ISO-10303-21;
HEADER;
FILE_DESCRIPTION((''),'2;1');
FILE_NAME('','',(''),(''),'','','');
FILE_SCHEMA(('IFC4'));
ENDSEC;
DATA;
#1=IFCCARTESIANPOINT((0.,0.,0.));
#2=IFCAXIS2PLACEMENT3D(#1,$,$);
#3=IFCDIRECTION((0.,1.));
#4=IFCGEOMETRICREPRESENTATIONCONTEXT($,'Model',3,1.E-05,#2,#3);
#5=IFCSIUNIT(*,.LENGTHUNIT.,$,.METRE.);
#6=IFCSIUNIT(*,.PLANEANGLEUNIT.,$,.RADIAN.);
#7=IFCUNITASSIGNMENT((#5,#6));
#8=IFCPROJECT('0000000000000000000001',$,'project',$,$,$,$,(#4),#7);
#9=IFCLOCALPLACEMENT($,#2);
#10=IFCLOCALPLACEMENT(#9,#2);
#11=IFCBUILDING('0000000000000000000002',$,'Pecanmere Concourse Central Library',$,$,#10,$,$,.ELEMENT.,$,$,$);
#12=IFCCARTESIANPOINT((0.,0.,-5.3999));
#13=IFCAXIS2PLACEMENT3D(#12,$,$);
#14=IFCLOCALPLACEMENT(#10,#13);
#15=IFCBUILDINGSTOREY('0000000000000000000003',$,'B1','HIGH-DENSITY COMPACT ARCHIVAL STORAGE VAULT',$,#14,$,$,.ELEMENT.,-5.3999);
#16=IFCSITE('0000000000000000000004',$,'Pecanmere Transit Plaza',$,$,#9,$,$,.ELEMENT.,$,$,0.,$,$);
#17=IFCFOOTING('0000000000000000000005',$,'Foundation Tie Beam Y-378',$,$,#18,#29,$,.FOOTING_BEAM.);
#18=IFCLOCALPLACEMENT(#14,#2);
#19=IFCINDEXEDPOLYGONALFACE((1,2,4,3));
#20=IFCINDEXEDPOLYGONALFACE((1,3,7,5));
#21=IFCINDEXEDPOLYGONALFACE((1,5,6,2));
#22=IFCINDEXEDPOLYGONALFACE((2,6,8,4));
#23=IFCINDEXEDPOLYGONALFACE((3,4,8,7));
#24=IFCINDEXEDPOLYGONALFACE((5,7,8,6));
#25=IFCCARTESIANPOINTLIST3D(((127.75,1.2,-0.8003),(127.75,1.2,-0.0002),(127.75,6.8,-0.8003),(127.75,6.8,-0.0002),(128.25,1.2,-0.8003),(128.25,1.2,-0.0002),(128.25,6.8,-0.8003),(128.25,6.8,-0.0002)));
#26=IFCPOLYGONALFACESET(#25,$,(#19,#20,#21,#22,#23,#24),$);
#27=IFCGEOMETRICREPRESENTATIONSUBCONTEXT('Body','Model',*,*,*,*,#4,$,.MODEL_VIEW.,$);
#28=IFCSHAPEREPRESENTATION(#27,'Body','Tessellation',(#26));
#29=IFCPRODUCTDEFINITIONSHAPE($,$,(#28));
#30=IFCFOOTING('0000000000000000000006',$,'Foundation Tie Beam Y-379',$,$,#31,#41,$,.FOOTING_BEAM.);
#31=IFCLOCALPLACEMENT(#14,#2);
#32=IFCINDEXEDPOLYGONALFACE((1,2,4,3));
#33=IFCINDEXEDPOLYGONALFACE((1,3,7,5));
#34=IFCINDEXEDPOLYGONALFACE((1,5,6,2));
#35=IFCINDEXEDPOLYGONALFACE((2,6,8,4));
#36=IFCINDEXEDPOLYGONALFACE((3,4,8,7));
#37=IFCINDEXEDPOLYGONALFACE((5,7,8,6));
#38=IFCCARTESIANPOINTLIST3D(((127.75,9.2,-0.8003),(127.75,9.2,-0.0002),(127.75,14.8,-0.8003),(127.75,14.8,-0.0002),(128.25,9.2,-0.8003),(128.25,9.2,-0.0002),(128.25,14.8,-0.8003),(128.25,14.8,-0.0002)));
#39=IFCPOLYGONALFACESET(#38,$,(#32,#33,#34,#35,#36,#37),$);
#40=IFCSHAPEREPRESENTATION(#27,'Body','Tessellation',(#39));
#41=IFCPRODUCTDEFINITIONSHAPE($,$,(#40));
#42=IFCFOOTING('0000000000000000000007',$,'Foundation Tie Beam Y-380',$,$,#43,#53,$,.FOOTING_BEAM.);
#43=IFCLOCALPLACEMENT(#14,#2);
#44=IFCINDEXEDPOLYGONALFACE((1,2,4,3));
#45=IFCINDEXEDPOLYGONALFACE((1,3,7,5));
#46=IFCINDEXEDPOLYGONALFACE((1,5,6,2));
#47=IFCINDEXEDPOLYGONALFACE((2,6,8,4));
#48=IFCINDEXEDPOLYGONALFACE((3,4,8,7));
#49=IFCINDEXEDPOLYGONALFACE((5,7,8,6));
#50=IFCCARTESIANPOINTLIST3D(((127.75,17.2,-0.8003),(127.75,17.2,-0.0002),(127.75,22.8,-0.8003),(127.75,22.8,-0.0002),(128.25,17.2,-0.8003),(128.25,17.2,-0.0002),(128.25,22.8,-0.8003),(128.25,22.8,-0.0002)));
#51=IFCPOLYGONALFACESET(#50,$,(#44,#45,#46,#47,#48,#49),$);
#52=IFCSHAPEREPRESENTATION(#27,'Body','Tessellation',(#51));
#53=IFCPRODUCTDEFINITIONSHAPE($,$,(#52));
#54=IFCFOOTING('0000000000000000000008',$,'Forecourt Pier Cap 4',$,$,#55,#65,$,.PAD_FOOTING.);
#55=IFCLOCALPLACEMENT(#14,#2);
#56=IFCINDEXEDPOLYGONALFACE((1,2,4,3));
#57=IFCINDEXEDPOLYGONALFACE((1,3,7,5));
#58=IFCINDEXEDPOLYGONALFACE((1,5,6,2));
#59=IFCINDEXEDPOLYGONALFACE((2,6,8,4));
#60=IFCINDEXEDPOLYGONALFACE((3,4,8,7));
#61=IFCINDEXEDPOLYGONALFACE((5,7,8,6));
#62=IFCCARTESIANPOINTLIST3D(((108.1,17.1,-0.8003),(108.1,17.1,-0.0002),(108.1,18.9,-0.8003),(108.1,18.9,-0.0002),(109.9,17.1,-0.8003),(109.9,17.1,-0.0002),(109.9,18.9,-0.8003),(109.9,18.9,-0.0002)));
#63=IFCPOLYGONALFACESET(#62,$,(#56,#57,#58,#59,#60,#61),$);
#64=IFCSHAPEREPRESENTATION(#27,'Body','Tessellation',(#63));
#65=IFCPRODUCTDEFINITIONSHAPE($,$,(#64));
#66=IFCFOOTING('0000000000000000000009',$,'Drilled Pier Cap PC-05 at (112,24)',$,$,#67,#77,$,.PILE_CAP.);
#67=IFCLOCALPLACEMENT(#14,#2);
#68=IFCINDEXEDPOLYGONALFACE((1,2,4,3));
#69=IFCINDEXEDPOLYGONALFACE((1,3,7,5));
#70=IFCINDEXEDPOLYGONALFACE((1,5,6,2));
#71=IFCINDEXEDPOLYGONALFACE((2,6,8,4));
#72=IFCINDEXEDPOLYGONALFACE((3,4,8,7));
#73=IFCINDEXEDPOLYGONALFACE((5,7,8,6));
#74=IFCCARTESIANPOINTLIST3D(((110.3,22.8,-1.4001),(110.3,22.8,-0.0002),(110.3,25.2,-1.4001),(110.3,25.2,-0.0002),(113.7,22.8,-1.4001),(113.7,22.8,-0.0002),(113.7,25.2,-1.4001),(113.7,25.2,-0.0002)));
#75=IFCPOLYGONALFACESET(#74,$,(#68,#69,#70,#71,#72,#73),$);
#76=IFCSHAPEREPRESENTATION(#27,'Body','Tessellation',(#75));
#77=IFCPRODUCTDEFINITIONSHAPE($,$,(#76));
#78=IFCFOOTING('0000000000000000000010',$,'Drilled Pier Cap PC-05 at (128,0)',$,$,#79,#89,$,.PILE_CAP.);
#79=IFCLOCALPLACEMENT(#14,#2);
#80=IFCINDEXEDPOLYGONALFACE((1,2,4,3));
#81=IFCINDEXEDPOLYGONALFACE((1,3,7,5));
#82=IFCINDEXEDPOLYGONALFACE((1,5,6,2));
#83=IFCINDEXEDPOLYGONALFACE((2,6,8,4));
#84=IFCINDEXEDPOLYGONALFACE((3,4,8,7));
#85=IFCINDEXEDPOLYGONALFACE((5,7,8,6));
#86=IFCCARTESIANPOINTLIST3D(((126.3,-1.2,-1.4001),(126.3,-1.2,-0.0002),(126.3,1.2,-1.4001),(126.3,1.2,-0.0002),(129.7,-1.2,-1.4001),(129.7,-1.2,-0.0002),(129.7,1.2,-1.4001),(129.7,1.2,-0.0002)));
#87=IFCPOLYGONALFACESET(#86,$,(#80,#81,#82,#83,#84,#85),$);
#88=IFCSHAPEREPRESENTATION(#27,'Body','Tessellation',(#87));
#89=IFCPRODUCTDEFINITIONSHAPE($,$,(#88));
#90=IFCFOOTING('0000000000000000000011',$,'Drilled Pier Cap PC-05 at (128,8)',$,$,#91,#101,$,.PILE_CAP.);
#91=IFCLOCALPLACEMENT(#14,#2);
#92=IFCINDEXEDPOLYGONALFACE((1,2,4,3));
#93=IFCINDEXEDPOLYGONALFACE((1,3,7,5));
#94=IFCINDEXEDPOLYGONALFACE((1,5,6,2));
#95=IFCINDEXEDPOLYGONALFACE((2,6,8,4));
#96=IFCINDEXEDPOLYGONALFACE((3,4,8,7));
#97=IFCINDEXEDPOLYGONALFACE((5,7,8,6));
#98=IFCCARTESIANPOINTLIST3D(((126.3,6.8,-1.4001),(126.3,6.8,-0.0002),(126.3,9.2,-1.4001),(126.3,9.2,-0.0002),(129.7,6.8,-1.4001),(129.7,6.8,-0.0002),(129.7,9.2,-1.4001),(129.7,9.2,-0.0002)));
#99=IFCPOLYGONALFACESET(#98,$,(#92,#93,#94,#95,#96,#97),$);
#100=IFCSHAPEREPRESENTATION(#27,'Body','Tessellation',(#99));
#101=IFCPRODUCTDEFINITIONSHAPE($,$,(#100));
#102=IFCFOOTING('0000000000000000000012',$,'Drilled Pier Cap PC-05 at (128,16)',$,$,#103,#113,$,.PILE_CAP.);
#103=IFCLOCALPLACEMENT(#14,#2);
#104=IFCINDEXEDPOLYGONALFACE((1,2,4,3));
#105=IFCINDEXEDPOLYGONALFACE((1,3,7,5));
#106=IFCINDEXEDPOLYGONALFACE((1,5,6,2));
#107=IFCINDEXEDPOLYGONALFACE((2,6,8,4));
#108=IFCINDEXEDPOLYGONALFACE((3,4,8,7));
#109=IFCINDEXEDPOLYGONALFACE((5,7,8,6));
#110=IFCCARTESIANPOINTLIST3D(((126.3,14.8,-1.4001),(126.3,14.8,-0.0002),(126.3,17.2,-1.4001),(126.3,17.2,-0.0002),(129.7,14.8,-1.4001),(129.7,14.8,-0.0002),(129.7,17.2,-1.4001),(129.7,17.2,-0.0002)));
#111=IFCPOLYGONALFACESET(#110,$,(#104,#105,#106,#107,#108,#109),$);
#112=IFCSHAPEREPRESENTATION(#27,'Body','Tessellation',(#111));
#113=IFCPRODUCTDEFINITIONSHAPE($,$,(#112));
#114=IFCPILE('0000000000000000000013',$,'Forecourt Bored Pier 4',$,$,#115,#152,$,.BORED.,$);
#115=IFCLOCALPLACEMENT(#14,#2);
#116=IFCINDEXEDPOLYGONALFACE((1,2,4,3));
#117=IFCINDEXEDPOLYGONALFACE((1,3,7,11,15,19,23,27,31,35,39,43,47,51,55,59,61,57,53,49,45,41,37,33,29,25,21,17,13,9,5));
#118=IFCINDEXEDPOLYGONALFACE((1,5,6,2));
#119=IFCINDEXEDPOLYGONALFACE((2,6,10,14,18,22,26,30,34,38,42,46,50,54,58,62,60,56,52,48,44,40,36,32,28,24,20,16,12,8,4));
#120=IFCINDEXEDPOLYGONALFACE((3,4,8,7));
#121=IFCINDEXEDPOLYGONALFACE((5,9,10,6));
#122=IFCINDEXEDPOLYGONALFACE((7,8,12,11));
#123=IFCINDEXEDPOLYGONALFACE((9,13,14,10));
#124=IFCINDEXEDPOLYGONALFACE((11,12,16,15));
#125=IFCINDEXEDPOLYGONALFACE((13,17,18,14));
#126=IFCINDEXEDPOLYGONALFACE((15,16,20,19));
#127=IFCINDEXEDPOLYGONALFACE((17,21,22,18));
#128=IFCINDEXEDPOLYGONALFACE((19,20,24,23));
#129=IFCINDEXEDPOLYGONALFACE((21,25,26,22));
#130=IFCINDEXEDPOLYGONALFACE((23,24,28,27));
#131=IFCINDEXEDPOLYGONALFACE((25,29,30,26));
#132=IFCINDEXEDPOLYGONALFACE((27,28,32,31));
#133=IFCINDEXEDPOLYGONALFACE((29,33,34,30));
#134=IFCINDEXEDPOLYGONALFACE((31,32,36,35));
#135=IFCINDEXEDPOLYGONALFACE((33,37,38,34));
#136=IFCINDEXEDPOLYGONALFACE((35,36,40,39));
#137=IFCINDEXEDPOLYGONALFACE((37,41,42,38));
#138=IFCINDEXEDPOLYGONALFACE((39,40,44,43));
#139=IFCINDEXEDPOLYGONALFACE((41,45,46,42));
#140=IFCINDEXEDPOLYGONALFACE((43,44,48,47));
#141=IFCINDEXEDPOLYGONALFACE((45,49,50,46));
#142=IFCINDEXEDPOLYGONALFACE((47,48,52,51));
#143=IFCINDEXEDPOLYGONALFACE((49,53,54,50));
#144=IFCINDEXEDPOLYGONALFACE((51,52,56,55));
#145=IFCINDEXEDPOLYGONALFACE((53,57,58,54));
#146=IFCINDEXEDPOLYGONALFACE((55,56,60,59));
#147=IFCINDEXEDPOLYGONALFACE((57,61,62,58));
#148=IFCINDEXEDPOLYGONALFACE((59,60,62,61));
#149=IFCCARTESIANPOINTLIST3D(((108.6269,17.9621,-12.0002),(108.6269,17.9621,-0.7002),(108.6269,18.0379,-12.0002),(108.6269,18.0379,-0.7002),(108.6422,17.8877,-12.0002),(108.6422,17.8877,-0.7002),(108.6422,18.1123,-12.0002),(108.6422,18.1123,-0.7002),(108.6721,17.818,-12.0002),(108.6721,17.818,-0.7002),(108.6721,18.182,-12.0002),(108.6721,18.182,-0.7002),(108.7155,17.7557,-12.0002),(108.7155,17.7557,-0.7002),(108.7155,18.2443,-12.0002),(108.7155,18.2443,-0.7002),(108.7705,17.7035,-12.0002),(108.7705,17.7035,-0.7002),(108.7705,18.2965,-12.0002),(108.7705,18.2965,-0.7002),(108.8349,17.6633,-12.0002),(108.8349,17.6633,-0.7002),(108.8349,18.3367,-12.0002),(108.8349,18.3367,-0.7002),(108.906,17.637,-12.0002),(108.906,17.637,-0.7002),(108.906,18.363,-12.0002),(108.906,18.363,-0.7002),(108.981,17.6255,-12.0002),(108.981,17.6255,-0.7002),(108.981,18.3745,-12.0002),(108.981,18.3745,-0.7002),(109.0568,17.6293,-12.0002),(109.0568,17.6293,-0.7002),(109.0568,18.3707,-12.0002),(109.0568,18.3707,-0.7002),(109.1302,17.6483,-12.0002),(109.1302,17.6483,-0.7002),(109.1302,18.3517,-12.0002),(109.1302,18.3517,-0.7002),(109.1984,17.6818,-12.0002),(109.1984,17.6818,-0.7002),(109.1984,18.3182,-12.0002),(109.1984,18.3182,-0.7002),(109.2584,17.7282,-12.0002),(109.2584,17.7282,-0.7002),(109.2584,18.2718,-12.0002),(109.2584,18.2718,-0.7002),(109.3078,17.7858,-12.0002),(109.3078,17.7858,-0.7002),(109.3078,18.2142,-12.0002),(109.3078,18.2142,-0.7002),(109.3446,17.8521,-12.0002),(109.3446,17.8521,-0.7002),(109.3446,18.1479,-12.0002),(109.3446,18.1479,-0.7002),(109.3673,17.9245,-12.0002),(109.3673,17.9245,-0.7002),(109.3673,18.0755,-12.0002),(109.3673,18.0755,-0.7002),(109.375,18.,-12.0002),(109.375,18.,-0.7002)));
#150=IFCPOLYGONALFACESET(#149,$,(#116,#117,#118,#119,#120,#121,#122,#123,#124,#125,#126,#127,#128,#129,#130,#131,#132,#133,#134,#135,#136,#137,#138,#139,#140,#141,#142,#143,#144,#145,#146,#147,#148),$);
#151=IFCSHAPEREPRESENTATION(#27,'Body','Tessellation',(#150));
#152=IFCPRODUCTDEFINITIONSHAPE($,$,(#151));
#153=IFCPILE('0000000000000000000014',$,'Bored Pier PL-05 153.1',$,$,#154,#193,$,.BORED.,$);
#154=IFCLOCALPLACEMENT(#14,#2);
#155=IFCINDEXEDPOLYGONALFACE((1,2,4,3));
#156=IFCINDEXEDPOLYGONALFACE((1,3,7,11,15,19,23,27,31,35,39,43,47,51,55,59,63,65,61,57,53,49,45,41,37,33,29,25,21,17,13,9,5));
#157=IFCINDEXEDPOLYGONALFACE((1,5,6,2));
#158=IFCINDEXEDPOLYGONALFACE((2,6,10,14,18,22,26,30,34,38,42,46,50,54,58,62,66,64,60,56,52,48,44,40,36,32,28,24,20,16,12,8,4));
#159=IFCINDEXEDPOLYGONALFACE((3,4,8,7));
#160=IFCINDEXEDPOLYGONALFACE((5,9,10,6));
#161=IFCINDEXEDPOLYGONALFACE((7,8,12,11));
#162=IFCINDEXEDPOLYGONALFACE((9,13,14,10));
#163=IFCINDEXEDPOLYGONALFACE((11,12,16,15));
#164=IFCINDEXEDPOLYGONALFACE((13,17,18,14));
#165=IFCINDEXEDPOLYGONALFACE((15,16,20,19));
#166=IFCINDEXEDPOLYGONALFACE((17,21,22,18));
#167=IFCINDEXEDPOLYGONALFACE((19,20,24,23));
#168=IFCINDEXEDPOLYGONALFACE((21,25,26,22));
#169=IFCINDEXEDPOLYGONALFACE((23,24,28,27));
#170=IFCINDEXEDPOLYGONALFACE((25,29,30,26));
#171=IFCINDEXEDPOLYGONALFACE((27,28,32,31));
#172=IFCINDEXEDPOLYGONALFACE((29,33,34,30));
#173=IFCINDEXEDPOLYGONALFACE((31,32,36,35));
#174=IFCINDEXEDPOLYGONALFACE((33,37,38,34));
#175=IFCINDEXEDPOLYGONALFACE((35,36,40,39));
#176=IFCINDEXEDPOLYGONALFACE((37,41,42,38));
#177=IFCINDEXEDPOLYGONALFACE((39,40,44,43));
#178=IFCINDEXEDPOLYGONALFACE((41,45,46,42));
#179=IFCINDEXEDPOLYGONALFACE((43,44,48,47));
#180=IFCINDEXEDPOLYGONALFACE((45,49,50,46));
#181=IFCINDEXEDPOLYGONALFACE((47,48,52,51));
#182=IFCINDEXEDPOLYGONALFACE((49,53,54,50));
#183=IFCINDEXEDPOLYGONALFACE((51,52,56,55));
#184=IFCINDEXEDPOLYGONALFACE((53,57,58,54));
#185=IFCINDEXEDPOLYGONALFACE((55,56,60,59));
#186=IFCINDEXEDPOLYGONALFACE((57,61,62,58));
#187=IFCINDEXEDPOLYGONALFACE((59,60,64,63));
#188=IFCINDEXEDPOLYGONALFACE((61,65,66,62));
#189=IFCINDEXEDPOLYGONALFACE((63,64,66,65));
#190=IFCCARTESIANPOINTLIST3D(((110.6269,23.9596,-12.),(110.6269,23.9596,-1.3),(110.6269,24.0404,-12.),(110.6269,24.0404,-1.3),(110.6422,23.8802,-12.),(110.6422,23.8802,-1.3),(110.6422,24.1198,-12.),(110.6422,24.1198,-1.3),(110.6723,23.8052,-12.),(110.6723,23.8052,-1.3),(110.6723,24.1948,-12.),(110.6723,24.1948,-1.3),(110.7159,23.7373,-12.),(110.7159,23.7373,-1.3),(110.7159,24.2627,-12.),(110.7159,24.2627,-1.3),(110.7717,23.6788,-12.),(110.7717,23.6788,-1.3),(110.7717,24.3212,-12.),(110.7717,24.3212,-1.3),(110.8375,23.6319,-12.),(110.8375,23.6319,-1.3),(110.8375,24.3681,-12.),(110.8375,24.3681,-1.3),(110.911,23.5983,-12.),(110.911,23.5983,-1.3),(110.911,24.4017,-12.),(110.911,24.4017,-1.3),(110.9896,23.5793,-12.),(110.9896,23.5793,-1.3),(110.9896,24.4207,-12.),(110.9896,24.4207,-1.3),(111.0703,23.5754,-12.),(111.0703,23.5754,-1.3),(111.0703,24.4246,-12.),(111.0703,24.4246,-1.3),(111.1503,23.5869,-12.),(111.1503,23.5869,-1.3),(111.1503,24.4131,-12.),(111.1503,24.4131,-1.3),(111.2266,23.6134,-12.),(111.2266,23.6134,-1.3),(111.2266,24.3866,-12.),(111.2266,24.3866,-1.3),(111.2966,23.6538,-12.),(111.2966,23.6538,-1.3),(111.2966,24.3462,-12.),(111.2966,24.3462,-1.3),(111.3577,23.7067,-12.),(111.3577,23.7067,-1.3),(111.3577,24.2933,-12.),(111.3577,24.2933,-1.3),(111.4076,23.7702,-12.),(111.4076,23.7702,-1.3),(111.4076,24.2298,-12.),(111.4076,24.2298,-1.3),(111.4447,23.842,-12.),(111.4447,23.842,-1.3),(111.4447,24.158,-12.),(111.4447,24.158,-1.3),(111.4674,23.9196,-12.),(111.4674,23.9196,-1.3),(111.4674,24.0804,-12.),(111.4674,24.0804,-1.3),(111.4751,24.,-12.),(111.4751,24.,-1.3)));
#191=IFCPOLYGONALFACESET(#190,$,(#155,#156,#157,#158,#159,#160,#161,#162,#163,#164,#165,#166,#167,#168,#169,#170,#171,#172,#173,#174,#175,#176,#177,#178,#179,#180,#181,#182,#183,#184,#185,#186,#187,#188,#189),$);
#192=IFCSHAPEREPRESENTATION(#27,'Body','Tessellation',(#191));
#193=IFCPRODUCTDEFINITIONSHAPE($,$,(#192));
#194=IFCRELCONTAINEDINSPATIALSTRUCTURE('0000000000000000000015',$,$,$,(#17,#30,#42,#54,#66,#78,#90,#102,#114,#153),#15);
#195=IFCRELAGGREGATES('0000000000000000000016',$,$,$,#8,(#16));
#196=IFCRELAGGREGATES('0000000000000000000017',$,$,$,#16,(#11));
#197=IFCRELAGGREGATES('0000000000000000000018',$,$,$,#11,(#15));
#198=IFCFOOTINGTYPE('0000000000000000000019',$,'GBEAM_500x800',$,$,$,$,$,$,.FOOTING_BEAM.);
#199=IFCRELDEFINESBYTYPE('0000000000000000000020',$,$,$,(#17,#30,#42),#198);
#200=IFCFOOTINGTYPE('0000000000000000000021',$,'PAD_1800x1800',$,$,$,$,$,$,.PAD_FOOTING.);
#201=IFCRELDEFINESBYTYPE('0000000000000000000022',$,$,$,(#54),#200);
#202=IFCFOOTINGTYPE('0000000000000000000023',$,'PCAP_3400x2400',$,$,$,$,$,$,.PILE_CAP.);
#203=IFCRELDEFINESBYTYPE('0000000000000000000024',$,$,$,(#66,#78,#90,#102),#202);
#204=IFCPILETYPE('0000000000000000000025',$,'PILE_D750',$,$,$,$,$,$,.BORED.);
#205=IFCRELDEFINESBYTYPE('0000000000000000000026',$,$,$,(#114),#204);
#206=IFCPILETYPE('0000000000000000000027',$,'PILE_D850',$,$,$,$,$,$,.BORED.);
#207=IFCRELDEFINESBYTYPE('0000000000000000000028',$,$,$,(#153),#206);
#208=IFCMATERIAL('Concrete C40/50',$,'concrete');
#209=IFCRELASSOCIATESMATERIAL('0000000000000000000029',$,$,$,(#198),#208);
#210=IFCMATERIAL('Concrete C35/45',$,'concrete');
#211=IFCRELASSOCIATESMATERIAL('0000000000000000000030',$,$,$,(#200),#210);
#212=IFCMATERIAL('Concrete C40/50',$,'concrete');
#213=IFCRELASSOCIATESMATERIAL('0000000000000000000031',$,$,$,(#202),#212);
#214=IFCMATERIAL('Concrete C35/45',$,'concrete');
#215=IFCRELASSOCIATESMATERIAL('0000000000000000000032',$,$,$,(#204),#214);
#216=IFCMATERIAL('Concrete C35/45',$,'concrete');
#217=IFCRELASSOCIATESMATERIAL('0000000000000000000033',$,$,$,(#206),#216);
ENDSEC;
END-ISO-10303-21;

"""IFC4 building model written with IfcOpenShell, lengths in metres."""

from ifc_helpers import new_model, si_unit, direction, frame, origin, origin_2d, place, context, subcontext, project, spatial, rectangle, circle, extrude, material, material_profile, profile_set, type_object, element, save


model = new_model("IFC4")

# Units and contexts
model_context = context("Model", 3, precision=1e-05, world=origin(), true_north=direction((0.0, 1.0)))
body_context = subcontext(model_context, "Body", "Model", "MODEL_VIEW")
ifc_project = project(units=[si_unit("LENGTHUNIT", "METRE"), si_unit("PLANEANGLEUNIT", "RADIAN")], contexts=[model_context])

# Site, building, storey
site_placement = place(None, origin())
site = spatial("IfcSite", under=ifc_project, at=site_placement, Name="Pecanmere Transit Plaza", CompositionType="ELEMENT", RefElevation=0.0)
building_placement = place(site_placement, origin())
building = spatial("IfcBuilding", under=site, at=building_placement, Name="Pecanmere Concourse Central Library", CompositionType="ELEMENT")
storey_placement = place(building_placement, frame((0.0, 0.0, -5.3999)))
storey = spatial("IfcBuildingStorey", under=building, at=storey_placement, Name="B1", Description="HIGH-DENSITY COMPACT ARCHIVAL STORAGE VAULT", CompositionType="ELEMENT", Elevation=-5.3999)

# Footings
ifc_material_1 = material(Name="Concrete C40/50", Category="concrete")
ifc_material_profile_1 = material_profile(ifc_material_1, rectangle(XDim=0.5, YDim=0.8, at=origin_2d()), Name="RC 500x800")
ifc_profile_set_1 = profile_set([ifc_material_profile_1], Name="Concrete C40/50")
footing_type_1 = type_object("IfcFootingType", Name="GBEAM_500x800", PredefinedType="FOOTING_BEAM", material=ifc_profile_set_1)
for number, where, z_axis, x_axis, name in (
    (1, (128.0, 4.0, -0.8003), (0.0, 0.0, 1.0), (0.0, 1.0, 0.0), "Foundation Tie Beam Y-378"),
    (2, (128.0, 12.0, -0.8003), (0.0, 0.0, 1.0), (0.0, 1.0, 0.0), "Foundation Tie Beam Y-379"),
    (3, (128.0, 20.0, -0.8003), (0.0, 0.0, 1.0), (0.0, 1.0, 0.0), "Foundation Tie Beam Y-380"),
):
    element("IfcFooting", number, at=place(storey_placement, frame(where, z_axis=z_axis, x_axis=x_axis)), inside=storey, type_object=footing_type_1, Name=name, PredefinedType="FOOTING_BEAM", context=body_context, shape_type="SweptSolid", body=[
        extrude(rectangle(XDim=5.6001, YDim=0.5, at=origin_2d()), origin(), (0.0, 0.0, 1.0), 0.8),
    ])
ifc_material_2 = material(Name="Concrete C35/45", Category="concrete")
footing_type_2 = type_object("IfcFootingType", Name="PAD_1800x1800", PredefinedType="PAD_FOOTING", material=ifc_material_2)
footing_placement = place(storey_placement, frame((109.0, 18.0, -0.8003), z_axis=(0.0, 0.0, 1.0), x_axis=(1.0, 0.0, 0.0)))
element("IfcFooting", 4, at=footing_placement, inside=storey, type_object=footing_type_2, Name="Forecourt Pier Cap 4", PredefinedType="PAD_FOOTING", context=body_context, shape_type="SweptSolid", body=[
    extrude(rectangle(XDim=1.8, YDim=1.8, at=origin_2d()), origin(), (0.0, 0.0, 1.0), 0.8),
])
ifc_material_3 = material(Name="Concrete C40/50", Category="concrete")
footing_type_3 = type_object("IfcFootingType", Name="PCAP_3400x2400", PredefinedType="PILE_CAP", material=ifc_material_3)
for number, where, z_axis, x_axis, name in (
    (5, (112.0, 24.0, -1.4001), (0.0, 0.0, 1.0), (1.0, 0.0, 0.0), "Drilled Pier Cap PC-05 at (112,24)"),
    (6, (128.0, 0.0, -1.4001), (0.0, 0.0, 1.0), (1.0, 0.0, 0.0), "Drilled Pier Cap PC-05 at (128,0)"),
    (7, (128.0, 8.0, -1.4001), (0.0, 0.0, 1.0), (1.0, 0.0, 0.0), "Drilled Pier Cap PC-05 at (128,8)"),
    (8, (128.0, 16.0, -1.4001), (0.0, 0.0, 1.0), (1.0, 0.0, 0.0), "Drilled Pier Cap PC-05 at (128,16)"),
):
    element("IfcFooting", number, at=place(storey_placement, frame(where, z_axis=z_axis, x_axis=x_axis)), inside=storey, type_object=footing_type_3, Name=name, PredefinedType="PILE_CAP", context=body_context, shape_type="SweptSolid", body=[
        extrude(rectangle(XDim=3.3999, YDim=2.3999, at=origin_2d()), origin(), (0.0, 0.0, 1.0), 1.3999),
    ])

# Piles
ifc_material_4 = material(Name="Concrete C35/45", Category="concrete")
ifc_material_profile_2 = material_profile(ifc_material_4, circle(Radius=0.375, at=origin_2d()), Name="PIER D750")
ifc_profile_set_2 = profile_set([ifc_material_profile_2], Name="Concrete C35/45")
pile_type_1 = type_object("IfcPileType", Name="PILE_D750", PredefinedType="BORED", material=ifc_profile_set_2)
pile_placement = place(storey_placement, frame((109.0, 18.0, -0.7002), z_axis=(0.0, 0.0, -1.0), x_axis=(1.0, 0.0, 0.0)))
element("IfcPile", 9, at=pile_placement, inside=storey, type_object=pile_type_1, Name="Forecourt Bored Pier 4", PredefinedType="BORED", context=body_context, shape_type="SweptSolid", body=[
    extrude(circle(Radius=0.375, at=origin_2d()), origin(), (0.0, 0.0, 1.0), 11.3),
])
ifc_material_5 = material(Name="Concrete C35/45", Category="concrete")
ifc_material_profile_3 = material_profile(ifc_material_5, circle(Radius=0.425, at=origin_2d()), Name="PIER D850")
ifc_profile_set_3 = profile_set([ifc_material_profile_3], Name="Concrete C35/45")
pile_type_2 = type_object("IfcPileType", Name="PILE_D850", PredefinedType="BORED", material=ifc_profile_set_3)
for number, where, z_axis, x_axis, name in (
    (10, (111.05, 24.0, -1.3), (0.0, 0.0, -1.0), (1.0, 0.0, 0.0), "Bored Pier PL-05 153.1"),
):
    element("IfcPile", number, at=place(storey_placement, frame(where, z_axis=z_axis, x_axis=x_axis)), inside=storey, type_object=pile_type_2, Name=name, PredefinedType="BORED", context=body_context, shape_type="SweptSolid", body=[
        extrude(circle(Radius=0.425, at=origin_2d()), origin(), (0.0, 0.0, 1.0), 10.7),
    ])

save(model, "model.ifc")
